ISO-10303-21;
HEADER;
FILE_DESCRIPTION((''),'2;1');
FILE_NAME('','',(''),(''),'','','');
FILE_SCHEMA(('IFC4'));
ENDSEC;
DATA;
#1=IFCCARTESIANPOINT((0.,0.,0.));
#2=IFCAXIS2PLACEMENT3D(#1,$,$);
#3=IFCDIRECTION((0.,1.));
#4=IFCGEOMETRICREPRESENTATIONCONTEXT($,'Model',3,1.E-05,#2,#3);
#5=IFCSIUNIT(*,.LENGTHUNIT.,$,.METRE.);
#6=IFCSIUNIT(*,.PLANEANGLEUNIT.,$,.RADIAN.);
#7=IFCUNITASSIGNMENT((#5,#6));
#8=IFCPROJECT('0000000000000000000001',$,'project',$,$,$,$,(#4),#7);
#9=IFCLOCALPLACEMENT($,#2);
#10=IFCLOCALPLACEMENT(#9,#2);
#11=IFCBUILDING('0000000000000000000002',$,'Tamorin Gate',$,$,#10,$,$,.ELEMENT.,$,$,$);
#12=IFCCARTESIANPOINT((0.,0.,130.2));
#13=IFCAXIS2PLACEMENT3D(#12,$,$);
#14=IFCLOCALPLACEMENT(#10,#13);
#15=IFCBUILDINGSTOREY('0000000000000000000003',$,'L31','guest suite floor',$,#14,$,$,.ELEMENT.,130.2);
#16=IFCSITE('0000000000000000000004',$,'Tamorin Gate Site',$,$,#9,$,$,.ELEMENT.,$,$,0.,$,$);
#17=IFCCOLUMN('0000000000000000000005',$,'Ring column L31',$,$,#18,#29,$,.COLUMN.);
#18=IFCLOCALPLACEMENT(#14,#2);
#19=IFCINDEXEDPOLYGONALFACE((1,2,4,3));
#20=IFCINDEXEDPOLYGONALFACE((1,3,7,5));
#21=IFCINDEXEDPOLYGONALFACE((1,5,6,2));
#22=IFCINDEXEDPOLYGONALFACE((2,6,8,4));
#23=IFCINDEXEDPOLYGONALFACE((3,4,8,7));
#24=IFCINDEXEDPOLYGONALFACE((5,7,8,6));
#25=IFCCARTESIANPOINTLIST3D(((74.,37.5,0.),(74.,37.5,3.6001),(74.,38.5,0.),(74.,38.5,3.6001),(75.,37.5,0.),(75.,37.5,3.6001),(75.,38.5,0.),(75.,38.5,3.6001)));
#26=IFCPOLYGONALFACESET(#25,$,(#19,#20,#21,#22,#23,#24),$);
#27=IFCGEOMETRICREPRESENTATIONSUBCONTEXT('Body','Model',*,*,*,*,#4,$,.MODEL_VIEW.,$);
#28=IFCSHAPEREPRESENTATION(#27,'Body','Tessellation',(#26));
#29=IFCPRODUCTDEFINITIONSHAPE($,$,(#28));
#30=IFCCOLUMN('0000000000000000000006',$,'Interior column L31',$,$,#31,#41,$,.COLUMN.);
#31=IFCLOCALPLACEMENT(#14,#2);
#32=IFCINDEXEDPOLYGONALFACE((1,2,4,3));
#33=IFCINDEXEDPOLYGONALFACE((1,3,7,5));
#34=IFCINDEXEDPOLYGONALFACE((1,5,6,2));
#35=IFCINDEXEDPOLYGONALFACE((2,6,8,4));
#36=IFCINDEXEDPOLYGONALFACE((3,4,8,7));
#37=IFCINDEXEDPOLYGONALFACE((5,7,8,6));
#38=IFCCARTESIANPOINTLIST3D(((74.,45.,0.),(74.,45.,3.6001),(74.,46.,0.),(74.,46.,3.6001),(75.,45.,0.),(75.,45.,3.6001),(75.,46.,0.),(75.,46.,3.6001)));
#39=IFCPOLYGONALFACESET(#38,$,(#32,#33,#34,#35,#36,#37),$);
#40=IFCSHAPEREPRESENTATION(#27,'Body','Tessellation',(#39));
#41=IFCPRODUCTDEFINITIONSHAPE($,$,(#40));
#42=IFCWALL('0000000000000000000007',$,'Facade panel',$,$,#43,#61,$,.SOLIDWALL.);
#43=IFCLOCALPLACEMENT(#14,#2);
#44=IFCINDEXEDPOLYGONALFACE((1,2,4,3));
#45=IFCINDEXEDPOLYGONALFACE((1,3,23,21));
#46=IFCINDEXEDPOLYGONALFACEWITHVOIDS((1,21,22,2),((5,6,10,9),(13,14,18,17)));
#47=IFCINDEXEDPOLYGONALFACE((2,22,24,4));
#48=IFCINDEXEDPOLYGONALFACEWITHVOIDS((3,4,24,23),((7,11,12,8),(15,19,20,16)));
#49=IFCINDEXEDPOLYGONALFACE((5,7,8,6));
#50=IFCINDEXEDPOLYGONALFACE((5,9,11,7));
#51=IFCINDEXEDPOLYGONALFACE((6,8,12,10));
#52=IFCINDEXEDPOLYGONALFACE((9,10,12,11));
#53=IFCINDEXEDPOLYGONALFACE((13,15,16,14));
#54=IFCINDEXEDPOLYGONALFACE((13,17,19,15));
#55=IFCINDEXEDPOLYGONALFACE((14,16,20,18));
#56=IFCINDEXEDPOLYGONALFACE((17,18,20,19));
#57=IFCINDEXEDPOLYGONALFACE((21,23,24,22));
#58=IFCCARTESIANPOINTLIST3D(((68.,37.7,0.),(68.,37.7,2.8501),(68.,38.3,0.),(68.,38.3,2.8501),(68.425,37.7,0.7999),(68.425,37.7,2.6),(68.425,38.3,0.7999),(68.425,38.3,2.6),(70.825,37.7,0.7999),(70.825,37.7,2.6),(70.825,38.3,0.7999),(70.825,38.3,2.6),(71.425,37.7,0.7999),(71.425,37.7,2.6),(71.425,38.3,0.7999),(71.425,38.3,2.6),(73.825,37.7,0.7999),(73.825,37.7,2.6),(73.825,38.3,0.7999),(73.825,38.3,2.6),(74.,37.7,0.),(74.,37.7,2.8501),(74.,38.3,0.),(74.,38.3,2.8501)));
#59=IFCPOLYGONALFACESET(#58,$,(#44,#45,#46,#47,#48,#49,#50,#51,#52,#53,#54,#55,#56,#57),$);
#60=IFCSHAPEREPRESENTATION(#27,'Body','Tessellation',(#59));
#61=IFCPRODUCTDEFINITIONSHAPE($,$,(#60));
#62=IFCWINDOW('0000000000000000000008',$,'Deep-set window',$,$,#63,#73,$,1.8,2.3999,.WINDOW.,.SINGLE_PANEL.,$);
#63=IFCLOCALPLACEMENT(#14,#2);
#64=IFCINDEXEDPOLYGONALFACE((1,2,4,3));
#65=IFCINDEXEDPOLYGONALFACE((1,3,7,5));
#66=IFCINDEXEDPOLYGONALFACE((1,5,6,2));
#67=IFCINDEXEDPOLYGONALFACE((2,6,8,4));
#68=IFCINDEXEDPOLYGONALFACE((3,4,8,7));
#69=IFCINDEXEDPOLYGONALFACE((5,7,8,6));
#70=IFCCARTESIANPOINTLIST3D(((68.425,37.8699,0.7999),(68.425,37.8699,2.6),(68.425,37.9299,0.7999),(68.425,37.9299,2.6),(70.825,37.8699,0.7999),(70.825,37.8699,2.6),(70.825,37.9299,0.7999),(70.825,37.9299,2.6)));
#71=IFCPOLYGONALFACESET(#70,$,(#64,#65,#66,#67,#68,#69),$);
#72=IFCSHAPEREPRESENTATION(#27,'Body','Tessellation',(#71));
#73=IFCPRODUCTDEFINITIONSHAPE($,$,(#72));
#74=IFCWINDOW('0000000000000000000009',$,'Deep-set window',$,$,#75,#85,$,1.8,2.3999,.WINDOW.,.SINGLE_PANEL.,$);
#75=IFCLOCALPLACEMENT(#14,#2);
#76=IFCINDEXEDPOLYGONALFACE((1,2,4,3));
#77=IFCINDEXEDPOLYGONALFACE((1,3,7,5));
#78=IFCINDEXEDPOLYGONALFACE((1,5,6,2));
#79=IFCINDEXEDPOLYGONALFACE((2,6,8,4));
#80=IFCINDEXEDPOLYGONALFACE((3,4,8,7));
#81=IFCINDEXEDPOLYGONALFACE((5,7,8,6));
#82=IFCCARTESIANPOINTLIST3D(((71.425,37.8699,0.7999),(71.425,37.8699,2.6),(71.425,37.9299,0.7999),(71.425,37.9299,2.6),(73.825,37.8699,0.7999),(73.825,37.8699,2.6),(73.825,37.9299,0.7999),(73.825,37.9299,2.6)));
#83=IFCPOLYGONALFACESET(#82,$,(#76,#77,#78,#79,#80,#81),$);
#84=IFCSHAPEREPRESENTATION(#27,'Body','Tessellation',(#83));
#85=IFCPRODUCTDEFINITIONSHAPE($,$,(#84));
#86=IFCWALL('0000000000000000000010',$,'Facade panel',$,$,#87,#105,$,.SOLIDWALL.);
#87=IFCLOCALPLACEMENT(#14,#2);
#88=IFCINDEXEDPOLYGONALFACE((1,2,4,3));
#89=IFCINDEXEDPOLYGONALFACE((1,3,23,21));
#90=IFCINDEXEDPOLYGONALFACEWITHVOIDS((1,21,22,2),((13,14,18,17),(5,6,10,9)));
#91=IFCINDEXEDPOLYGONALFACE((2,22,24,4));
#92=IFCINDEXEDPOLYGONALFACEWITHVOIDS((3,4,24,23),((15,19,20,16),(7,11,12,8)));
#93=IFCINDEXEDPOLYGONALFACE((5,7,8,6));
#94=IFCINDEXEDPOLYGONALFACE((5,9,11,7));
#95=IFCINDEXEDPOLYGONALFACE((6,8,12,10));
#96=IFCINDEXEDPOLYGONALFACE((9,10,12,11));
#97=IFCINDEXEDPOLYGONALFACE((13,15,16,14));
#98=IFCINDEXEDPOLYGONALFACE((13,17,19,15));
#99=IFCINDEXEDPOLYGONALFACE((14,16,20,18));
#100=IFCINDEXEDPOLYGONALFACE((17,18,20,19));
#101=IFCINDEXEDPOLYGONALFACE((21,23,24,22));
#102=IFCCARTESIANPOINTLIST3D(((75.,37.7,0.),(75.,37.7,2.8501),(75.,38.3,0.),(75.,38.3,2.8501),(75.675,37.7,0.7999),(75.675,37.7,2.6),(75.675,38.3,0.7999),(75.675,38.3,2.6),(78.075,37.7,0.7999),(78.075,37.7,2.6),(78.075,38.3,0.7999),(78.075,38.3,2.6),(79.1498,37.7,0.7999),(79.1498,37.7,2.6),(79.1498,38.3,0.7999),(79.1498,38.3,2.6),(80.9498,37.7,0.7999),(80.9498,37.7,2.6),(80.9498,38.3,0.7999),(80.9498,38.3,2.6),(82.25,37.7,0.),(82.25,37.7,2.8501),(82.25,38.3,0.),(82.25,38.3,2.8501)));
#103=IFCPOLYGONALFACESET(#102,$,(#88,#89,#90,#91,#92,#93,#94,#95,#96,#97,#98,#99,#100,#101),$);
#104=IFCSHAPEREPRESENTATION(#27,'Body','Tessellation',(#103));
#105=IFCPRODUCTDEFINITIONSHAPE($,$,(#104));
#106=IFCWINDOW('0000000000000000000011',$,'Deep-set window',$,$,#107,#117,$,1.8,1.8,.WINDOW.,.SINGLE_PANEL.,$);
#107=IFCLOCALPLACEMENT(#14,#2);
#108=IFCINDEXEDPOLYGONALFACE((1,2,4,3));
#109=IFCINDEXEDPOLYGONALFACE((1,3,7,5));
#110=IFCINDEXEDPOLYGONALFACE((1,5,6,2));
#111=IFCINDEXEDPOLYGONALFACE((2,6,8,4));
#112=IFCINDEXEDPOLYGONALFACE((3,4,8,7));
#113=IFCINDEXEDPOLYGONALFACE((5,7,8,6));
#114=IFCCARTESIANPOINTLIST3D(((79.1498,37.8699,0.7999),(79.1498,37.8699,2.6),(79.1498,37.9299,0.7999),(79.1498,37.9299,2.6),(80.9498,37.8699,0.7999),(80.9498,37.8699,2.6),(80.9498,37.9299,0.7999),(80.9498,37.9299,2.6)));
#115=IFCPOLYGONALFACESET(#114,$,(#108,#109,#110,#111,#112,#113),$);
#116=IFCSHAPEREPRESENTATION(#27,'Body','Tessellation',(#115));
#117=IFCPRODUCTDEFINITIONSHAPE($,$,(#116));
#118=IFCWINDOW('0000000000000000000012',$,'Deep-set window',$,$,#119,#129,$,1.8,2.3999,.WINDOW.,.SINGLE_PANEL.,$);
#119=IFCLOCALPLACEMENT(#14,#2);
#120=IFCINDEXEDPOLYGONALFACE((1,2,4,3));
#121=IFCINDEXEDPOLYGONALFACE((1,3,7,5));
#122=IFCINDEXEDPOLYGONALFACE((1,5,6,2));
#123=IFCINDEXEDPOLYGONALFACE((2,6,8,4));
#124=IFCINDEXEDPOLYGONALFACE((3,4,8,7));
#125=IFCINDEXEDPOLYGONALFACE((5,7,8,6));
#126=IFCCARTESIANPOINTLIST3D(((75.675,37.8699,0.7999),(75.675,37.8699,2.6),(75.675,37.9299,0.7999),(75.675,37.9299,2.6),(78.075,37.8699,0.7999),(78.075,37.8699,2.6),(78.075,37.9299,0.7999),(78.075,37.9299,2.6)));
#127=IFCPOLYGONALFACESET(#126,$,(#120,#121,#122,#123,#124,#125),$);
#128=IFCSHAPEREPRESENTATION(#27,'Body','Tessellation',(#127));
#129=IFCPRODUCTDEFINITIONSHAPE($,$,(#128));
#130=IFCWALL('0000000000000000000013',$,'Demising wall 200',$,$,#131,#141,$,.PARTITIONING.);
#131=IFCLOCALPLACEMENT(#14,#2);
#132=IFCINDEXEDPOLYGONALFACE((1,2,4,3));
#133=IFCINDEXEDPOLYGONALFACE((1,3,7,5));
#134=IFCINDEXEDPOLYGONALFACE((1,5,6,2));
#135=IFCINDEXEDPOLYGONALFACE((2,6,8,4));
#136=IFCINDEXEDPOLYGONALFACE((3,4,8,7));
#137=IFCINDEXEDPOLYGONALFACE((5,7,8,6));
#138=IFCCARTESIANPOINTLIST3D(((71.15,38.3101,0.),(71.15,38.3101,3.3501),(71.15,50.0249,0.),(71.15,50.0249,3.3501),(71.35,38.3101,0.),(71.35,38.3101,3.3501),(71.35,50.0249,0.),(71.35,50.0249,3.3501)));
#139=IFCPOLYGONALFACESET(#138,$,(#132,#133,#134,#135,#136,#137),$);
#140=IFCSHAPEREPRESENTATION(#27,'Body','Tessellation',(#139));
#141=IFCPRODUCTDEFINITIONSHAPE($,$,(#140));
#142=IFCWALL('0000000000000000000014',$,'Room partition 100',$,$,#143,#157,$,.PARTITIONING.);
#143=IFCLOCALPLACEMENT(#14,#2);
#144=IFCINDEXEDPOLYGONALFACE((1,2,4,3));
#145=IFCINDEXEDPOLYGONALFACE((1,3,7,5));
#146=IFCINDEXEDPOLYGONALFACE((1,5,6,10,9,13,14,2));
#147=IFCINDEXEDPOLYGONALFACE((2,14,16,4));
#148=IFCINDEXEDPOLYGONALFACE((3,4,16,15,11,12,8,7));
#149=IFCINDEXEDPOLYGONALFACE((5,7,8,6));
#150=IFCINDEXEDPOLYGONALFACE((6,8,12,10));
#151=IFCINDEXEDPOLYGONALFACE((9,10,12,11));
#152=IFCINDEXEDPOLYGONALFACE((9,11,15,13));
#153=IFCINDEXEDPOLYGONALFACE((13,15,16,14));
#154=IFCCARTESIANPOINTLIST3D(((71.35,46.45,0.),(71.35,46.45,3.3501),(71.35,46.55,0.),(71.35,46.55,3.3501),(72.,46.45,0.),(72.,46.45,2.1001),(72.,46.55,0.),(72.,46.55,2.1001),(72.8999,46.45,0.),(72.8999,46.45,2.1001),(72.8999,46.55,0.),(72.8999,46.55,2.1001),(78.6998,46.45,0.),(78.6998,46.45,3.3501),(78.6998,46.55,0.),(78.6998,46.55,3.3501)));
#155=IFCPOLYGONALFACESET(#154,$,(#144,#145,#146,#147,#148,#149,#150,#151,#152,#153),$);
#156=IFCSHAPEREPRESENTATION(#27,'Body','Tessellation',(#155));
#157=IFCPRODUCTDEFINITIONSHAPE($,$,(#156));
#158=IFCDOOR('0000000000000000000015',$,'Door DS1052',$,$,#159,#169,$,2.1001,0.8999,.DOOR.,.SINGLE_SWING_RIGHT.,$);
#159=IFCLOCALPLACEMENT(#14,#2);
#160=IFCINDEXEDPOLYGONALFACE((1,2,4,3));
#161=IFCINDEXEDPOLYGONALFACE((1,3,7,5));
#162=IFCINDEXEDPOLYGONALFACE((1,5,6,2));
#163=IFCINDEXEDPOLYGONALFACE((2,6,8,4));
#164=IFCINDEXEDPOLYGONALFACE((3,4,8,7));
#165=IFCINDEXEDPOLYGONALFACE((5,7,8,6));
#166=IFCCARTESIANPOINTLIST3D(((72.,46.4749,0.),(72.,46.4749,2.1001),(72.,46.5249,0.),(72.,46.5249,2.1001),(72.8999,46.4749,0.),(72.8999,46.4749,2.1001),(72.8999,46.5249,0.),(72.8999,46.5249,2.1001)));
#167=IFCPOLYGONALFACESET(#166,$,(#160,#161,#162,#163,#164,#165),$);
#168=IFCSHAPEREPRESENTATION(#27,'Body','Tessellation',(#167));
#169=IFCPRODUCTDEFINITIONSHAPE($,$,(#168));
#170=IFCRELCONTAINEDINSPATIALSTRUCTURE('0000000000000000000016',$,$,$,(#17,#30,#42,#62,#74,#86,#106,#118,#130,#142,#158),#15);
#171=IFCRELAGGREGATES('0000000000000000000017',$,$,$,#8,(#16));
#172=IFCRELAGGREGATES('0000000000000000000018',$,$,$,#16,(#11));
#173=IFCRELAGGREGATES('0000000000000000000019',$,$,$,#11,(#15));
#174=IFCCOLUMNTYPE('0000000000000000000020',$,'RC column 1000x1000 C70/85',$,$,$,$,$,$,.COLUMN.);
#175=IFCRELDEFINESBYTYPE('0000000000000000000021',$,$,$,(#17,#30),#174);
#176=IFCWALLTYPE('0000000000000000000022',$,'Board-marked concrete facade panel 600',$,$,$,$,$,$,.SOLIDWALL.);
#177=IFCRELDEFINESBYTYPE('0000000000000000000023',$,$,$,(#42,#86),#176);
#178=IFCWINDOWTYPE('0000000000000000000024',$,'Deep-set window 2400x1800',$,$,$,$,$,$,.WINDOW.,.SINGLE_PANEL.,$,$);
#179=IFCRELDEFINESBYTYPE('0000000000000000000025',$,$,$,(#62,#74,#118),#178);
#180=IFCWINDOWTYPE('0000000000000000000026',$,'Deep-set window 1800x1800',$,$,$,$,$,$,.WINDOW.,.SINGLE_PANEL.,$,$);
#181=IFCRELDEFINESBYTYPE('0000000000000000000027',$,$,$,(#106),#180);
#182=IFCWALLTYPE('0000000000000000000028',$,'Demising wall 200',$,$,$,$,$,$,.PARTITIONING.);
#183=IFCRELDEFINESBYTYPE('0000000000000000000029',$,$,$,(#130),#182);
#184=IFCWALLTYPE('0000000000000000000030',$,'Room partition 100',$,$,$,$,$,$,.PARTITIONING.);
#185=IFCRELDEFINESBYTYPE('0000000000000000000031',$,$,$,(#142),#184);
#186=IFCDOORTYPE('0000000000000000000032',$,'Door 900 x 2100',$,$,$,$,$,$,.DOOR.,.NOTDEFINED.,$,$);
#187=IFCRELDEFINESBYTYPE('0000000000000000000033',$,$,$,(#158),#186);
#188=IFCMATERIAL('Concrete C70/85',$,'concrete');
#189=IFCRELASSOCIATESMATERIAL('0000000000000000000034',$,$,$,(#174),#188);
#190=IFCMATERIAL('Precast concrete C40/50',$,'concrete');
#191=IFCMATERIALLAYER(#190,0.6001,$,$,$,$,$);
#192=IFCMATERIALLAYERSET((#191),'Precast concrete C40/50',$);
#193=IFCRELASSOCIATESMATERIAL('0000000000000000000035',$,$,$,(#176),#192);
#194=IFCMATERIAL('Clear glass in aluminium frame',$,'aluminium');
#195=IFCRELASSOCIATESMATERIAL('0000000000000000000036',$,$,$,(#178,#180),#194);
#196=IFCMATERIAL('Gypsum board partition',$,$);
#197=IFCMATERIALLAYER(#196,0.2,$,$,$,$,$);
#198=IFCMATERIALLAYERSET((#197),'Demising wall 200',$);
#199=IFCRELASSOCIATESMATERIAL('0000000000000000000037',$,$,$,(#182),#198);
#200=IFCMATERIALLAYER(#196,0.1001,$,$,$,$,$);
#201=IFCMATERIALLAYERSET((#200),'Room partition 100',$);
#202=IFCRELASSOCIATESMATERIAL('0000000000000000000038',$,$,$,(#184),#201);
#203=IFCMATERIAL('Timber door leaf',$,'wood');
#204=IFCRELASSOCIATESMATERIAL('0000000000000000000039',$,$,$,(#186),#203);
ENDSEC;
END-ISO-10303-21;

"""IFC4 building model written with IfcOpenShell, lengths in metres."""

from ifc_helpers import new_model, si_unit, direction, frame, frame_2d, origin, origin_2d, place, context, subcontext, project, spatial, rectangle, extrude, material, layer, layer_set, material_profile, profile_set, type_object, element, fill, save


model = new_model("IFC4")

# Units and contexts
model_context = context("Model", 3, precision=1e-05, world=origin(), true_north=direction((0.0, 1.0)))
body_context = subcontext(model_context, "Body", "Model", "MODEL_VIEW")
ifc_project = project(units=[si_unit("LENGTHUNIT", "METRE"), si_unit("PLANEANGLEUNIT", "RADIAN")], contexts=[model_context])

# Site, building, storey
site_placement = place(None, origin())
site = spatial("IfcSite", under=ifc_project, at=site_placement, Name="Tamorin Gate Site", CompositionType="ELEMENT", RefElevation=0.0)
building_placement = place(site_placement, origin())
building = spatial("IfcBuilding", under=site, at=building_placement, Name="Tamorin Gate", CompositionType="ELEMENT")
storey_placement = place(building_placement, frame((0.0, 0.0, 130.2)))
storey = spatial("IfcBuildingStorey", under=building, at=storey_placement, Name="L31", Description="guest suite floor", CompositionType="ELEMENT", Elevation=130.2)

# Columns
ifc_material_1 = material(Name="Concrete C70/85", Category="concrete")
ifc_material_profile = material_profile(ifc_material_1, rectangle(XDim=1.0, YDim=1.0, at=origin_2d()), Name="RC 1000x1000")
ifc_profile_set = profile_set([ifc_material_profile], Name="Concrete C70/85")
column_type = type_object("IfcColumnType", Name="RC column 1000x1000 C70/85", PredefinedType="COLUMN", material=ifc_profile_set)
for number, where, z_axis, x_axis, name in (
    (1, (74.5, 38.0, 0.0), (0.0, 0.0, 1.0), (1.0, 0.0, 0.0), "Ring column L31"),
    (2, (74.5, 45.5, 0.0), (0.0, 0.0, 1.0), (1.0, 0.0, 0.0), "Interior column L31"),
):
    element("IfcColumn", number, at=place(storey_placement, frame(where, z_axis=z_axis, x_axis=x_axis)), inside=storey, type_object=column_type, Name=name, PredefinedType="COLUMN", context=body_context, shape_type="SweptSolid", body=[
        extrude(rectangle(XDim=1.0, YDim=1.0, at=origin_2d()), origin(), (0.0, 0.0, 1.0), 3.6001),
    ])

# Walls, openings, windows
ifc_material_2 = material(Name="Precast concrete C40/50", Category="concrete")
ifc_layer_1 = layer(ifc_material_2, 0.6001)
ifc_layer_set_1 = layer_set([ifc_layer_1], Name="Precast concrete C40/50")
wall_type_1 = type_object("IfcWallType", Name="Board-marked concrete facade panel 600", PredefinedType="SOLIDWALL", material=ifc_layer_set_1)
wall_1_placement = place(storey_placement, frame((68.0, 38.0, 0.0), z_axis=(0.0, 0.0, 1.0), x_axis=(1.0, 0.0, 0.0)))
wall_1 = element("IfcWall", 3, at=wall_1_placement, inside=storey, type_object=wall_type_1, Name="Facade panel", PredefinedType="SOLIDWALL", context=body_context, shape_type="SweptSolid", body=[
    extrude(rectangle(XDim=6.0, YDim=0.6001, at=frame_2d((3.0, 0.0))), origin(), (0.0, 0.0, 1.0), 2.8501),
])
opening_1_placement = place(wall_1_placement, frame((0.425, 0.0, 0.8)))
opening_1 = element("IfcOpeningElement", 4, at=opening_1_placement, cuts=wall_1, PredefinedType="OPENING", context=body_context, shape_type="SweptSolid", body=[
    extrude(rectangle(XDim=2.3999, YDim=1.8, at=frame_2d((1.2, 0.8999))), frame((0.0, 0.3101, 0.0), z_axis=(0.0, -1.0, 0.0), x_axis=(1.0, 0.0, 0.0)), (0.0, 0.0, 1.0), 0.6201),
])
opening_2_placement = place(wall_1_placement, frame((3.425, 0.0, 0.8)))
opening_2 = element("IfcOpeningElement", 5, at=opening_2_placement, cuts=wall_1, PredefinedType="OPENING", context=body_context, shape_type="SweptSolid", body=[
    extrude(rectangle(XDim=2.3999, YDim=1.8, at=frame_2d((1.2, 0.8999))), frame((0.0, 0.3101, 0.0), z_axis=(0.0, -1.0, 0.0), x_axis=(1.0, 0.0, 0.0)), (0.0, 0.0, 1.0), 0.6201),
])
ifc_material_3 = material(Name="Clear glass in aluminium frame", Category="aluminium")
window_type_1 = type_object("IfcWindowType", Name="Deep-set window 2400x1800", PartitioningType="SINGLE_PANEL", PredefinedType="WINDOW", material=ifc_material_3)
window_1_placement = place(opening_1_placement, origin())
window_1 = element("IfcWindow", 6, at=window_1_placement, inside=storey, type_object=window_type_1, Name="Deep-set window", OverallHeight=1.8, OverallWidth=2.3999, PartitioningType="SINGLE_PANEL", PredefinedType="WINDOW", context=body_context, shape_type="SweptSolid", body=[
    extrude(rectangle(XDim=2.3999, YDim=1.8, at=frame_2d((1.2, 0.8999))), frame((0.0, -0.0701, 0.0), z_axis=(0.0, -1.0, 0.0), x_axis=(1.0, 0.0, 0.0)), (0.0, 0.0, 1.0), 0.0601),
])
fill(opening_1, window_1)
window_2_placement = place(opening_2_placement, origin())
window_2 = element("IfcWindow", 7, at=window_2_placement, inside=storey, type_object=window_type_1, Name="Deep-set window", OverallHeight=1.8, OverallWidth=2.3999, PartitioningType="SINGLE_PANEL", PredefinedType="WINDOW", context=body_context, shape_type="SweptSolid", body=[
    extrude(rectangle(XDim=2.3999, YDim=1.8, at=frame_2d((1.2, 0.8999))), frame((0.0, -0.0701, 0.0), z_axis=(0.0, -1.0, 0.0), x_axis=(1.0, 0.0, 0.0)), (0.0, 0.0, 1.0), 0.0601),
])
fill(opening_2, window_2)
wall_2_placement = place(storey_placement, frame((75.0, 38.0, 0.0), z_axis=(0.0, 0.0, 1.0), x_axis=(1.0, 0.0, 0.0)))
wall_2 = element("IfcWall", 8, at=wall_2_placement, inside=storey, type_object=wall_type_1, Name="Facade panel", PredefinedType="SOLIDWALL", context=body_context, shape_type="SweptSolid", body=[
    extrude(rectangle(XDim=7.25, YDim=0.6001, at=frame_2d((3.625, 0.0))), origin(), (0.0, 0.0, 1.0), 2.8501),
])
opening_3_placement = place(wall_2_placement, frame((0.675, 0.0, 0.8)))
opening_3 = element("IfcOpeningElement", 9, at=opening_3_placement, cuts=wall_2, PredefinedType="OPENING", context=body_context, shape_type="SweptSolid", body=[
    extrude(rectangle(XDim=2.3999, YDim=1.8, at=frame_2d((1.2, 0.8999))), frame((0.0, 0.3101, 0.0), z_axis=(0.0, -1.0, 0.0), x_axis=(1.0, 0.0, 0.0)), (0.0, 0.0, 1.0), 0.6201),
])
opening_4_placement = place(wall_2_placement, frame((4.1499, 0.0, 0.8)))
opening_4 = element("IfcOpeningElement", 10, at=opening_4_placement, cuts=wall_2, PredefinedType="OPENING", context=body_context, shape_type="SweptSolid", body=[
    extrude(rectangle(XDim=1.8, YDim=1.8, at=frame_2d((0.8999, 0.8999))), frame((0.0, 0.3101, 0.0), z_axis=(0.0, -1.0, 0.0), x_axis=(1.0, 0.0, 0.0)), (0.0, 0.0, 1.0), 0.6201),
])
window_type_2 = type_object("IfcWindowType", Name="Deep-set window 1800x1800", PartitioningType="SINGLE_PANEL", PredefinedType="WINDOW", material=ifc_material_3)
window_3_placement = place(opening_4_placement, origin())
window_3 = element("IfcWindow", 11, at=window_3_placement, inside=storey, type_object=window_type_2, Name="Deep-set window", OverallHeight=1.8, OverallWidth=1.8, PartitioningType="SINGLE_PANEL", PredefinedType="WINDOW", context=body_context, shape_type="SweptSolid", body=[
    extrude(rectangle(XDim=1.8, YDim=1.8, at=frame_2d((0.8999, 0.8999))), frame((0.0, -0.0701, 0.0), z_axis=(0.0, -1.0, 0.0), x_axis=(1.0, 0.0, 0.0)), (0.0, 0.0, 1.0), 0.0601),
])
fill(opening_4, window_3)
window_4_placement = place(opening_3_placement, origin())
window_4 = element("IfcWindow", 12, at=window_4_placement, inside=storey, type_object=window_type_1, Name="Deep-set window", OverallHeight=1.8, OverallWidth=2.3999, PartitioningType="SINGLE_PANEL", PredefinedType="WINDOW", context=body_context, shape_type="SweptSolid", body=[
    extrude(rectangle(XDim=2.3999, YDim=1.8, at=frame_2d((1.2, 0.8999))), frame((0.0, -0.0701, 0.0), z_axis=(0.0, -1.0, 0.0), x_axis=(1.0, 0.0, 0.0)), (0.0, 0.0, 1.0), 0.0601),
])
fill(opening_3, window_4)

# Wall
ifc_material_4 = material(Name="Gypsum board partition")
ifc_layer_2 = layer(ifc_material_4, 0.2)
ifc_layer_set_2 = layer_set([ifc_layer_2], Name="Demising wall 200")
wall_type_2 = type_object("IfcWallType", Name="Demising wall 200", PredefinedType="PARTITIONING", material=ifc_layer_set_2)
wall_3_placement = place(storey_placement, frame((71.25, 38.3101, 0.0), z_axis=(0.0, 0.0, 1.0), x_axis=(0.0, 1.0, 0.0)))
element("IfcWall", 13, at=wall_3_placement, inside=storey, type_object=wall_type_2, Name="Demising wall 200", PredefinedType="PARTITIONING", context=body_context, shape_type="SweptSolid", body=[
    extrude(rectangle(XDim=11.7148, YDim=0.2, at=frame_2d((5.8574, 0.0))), origin(), (0.0, 0.0, 1.0), 3.3501),
])

# Wall, opening, door
ifc_layer_3 = layer(ifc_material_4, 0.1001)
ifc_layer_set_3 = layer_set([ifc_layer_3], Name="Room partition 100")
wall_type_3 = type_object("IfcWallType", Name="Room partition 100", PredefinedType="PARTITIONING", material=ifc_layer_set_3)
wall_4_placement = place(storey_placement, frame((71.3501, 46.5, 0.0), z_axis=(0.0, 0.0, 1.0), x_axis=(1.0, 0.0, 0.0)))
wall_4 = element("IfcWall", 14, at=wall_4_placement, inside=storey, type_object=wall_type_3, Name="Room partition 100", PredefinedType="PARTITIONING", context=body_context, shape_type="SweptSolid", body=[
    extrude(rectangle(XDim=7.3499, YDim=0.1001, at=frame_2d((3.6748, 0.0))), origin(), (0.0, 0.0, 1.0), 3.3501),
])
opening_5_placement = place(wall_4_placement, frame((0.6499, 0.0, 0.0)))
opening_5 = element("IfcOpeningElement", 15, at=opening_5_placement, cuts=wall_4, PredefinedType="OPENING", context=body_context, shape_type="SweptSolid", body=[
    extrude(rectangle(XDim=0.8999, YDim=2.1001, at=frame_2d((0.45, 1.05))), frame((0.0, 0.0601, 0.0), z_axis=(0.0, -1.0, 0.0), x_axis=(1.0, 0.0, 0.0)), (0.0, 0.0, 1.0), 0.1201),
])
ifc_material_5 = material(Name="Timber door leaf", Category="wood")
door_type = type_object("IfcDoorType", Name="Door 900 x 2100", OperationType="NOTDEFINED", PredefinedType="DOOR", material=ifc_material_5)
door_1_placement = place(opening_5_placement, origin())
door_1 = element("IfcDoor", 16, at=door_1_placement, inside=storey, type_object=door_type, Name="Door DS1052", OperationType="SINGLE_SWING_RIGHT", OverallHeight=2.1001, OverallWidth=0.8999, PredefinedType="DOOR", context=body_context, shape_type="SweptSolid", body=[
    extrude(rectangle(XDim=0.8999, YDim=2.1001, at=frame_2d((0.45, 1.05))), frame((0.0, 0.0249, 0.0), z_axis=(0.0, -1.0, 0.0), x_axis=(1.0, 0.0, 0.0)), (0.0, 0.0, 1.0), 0.05),
])
fill(opening_5, door_1)

save(model, "model.ifc")
